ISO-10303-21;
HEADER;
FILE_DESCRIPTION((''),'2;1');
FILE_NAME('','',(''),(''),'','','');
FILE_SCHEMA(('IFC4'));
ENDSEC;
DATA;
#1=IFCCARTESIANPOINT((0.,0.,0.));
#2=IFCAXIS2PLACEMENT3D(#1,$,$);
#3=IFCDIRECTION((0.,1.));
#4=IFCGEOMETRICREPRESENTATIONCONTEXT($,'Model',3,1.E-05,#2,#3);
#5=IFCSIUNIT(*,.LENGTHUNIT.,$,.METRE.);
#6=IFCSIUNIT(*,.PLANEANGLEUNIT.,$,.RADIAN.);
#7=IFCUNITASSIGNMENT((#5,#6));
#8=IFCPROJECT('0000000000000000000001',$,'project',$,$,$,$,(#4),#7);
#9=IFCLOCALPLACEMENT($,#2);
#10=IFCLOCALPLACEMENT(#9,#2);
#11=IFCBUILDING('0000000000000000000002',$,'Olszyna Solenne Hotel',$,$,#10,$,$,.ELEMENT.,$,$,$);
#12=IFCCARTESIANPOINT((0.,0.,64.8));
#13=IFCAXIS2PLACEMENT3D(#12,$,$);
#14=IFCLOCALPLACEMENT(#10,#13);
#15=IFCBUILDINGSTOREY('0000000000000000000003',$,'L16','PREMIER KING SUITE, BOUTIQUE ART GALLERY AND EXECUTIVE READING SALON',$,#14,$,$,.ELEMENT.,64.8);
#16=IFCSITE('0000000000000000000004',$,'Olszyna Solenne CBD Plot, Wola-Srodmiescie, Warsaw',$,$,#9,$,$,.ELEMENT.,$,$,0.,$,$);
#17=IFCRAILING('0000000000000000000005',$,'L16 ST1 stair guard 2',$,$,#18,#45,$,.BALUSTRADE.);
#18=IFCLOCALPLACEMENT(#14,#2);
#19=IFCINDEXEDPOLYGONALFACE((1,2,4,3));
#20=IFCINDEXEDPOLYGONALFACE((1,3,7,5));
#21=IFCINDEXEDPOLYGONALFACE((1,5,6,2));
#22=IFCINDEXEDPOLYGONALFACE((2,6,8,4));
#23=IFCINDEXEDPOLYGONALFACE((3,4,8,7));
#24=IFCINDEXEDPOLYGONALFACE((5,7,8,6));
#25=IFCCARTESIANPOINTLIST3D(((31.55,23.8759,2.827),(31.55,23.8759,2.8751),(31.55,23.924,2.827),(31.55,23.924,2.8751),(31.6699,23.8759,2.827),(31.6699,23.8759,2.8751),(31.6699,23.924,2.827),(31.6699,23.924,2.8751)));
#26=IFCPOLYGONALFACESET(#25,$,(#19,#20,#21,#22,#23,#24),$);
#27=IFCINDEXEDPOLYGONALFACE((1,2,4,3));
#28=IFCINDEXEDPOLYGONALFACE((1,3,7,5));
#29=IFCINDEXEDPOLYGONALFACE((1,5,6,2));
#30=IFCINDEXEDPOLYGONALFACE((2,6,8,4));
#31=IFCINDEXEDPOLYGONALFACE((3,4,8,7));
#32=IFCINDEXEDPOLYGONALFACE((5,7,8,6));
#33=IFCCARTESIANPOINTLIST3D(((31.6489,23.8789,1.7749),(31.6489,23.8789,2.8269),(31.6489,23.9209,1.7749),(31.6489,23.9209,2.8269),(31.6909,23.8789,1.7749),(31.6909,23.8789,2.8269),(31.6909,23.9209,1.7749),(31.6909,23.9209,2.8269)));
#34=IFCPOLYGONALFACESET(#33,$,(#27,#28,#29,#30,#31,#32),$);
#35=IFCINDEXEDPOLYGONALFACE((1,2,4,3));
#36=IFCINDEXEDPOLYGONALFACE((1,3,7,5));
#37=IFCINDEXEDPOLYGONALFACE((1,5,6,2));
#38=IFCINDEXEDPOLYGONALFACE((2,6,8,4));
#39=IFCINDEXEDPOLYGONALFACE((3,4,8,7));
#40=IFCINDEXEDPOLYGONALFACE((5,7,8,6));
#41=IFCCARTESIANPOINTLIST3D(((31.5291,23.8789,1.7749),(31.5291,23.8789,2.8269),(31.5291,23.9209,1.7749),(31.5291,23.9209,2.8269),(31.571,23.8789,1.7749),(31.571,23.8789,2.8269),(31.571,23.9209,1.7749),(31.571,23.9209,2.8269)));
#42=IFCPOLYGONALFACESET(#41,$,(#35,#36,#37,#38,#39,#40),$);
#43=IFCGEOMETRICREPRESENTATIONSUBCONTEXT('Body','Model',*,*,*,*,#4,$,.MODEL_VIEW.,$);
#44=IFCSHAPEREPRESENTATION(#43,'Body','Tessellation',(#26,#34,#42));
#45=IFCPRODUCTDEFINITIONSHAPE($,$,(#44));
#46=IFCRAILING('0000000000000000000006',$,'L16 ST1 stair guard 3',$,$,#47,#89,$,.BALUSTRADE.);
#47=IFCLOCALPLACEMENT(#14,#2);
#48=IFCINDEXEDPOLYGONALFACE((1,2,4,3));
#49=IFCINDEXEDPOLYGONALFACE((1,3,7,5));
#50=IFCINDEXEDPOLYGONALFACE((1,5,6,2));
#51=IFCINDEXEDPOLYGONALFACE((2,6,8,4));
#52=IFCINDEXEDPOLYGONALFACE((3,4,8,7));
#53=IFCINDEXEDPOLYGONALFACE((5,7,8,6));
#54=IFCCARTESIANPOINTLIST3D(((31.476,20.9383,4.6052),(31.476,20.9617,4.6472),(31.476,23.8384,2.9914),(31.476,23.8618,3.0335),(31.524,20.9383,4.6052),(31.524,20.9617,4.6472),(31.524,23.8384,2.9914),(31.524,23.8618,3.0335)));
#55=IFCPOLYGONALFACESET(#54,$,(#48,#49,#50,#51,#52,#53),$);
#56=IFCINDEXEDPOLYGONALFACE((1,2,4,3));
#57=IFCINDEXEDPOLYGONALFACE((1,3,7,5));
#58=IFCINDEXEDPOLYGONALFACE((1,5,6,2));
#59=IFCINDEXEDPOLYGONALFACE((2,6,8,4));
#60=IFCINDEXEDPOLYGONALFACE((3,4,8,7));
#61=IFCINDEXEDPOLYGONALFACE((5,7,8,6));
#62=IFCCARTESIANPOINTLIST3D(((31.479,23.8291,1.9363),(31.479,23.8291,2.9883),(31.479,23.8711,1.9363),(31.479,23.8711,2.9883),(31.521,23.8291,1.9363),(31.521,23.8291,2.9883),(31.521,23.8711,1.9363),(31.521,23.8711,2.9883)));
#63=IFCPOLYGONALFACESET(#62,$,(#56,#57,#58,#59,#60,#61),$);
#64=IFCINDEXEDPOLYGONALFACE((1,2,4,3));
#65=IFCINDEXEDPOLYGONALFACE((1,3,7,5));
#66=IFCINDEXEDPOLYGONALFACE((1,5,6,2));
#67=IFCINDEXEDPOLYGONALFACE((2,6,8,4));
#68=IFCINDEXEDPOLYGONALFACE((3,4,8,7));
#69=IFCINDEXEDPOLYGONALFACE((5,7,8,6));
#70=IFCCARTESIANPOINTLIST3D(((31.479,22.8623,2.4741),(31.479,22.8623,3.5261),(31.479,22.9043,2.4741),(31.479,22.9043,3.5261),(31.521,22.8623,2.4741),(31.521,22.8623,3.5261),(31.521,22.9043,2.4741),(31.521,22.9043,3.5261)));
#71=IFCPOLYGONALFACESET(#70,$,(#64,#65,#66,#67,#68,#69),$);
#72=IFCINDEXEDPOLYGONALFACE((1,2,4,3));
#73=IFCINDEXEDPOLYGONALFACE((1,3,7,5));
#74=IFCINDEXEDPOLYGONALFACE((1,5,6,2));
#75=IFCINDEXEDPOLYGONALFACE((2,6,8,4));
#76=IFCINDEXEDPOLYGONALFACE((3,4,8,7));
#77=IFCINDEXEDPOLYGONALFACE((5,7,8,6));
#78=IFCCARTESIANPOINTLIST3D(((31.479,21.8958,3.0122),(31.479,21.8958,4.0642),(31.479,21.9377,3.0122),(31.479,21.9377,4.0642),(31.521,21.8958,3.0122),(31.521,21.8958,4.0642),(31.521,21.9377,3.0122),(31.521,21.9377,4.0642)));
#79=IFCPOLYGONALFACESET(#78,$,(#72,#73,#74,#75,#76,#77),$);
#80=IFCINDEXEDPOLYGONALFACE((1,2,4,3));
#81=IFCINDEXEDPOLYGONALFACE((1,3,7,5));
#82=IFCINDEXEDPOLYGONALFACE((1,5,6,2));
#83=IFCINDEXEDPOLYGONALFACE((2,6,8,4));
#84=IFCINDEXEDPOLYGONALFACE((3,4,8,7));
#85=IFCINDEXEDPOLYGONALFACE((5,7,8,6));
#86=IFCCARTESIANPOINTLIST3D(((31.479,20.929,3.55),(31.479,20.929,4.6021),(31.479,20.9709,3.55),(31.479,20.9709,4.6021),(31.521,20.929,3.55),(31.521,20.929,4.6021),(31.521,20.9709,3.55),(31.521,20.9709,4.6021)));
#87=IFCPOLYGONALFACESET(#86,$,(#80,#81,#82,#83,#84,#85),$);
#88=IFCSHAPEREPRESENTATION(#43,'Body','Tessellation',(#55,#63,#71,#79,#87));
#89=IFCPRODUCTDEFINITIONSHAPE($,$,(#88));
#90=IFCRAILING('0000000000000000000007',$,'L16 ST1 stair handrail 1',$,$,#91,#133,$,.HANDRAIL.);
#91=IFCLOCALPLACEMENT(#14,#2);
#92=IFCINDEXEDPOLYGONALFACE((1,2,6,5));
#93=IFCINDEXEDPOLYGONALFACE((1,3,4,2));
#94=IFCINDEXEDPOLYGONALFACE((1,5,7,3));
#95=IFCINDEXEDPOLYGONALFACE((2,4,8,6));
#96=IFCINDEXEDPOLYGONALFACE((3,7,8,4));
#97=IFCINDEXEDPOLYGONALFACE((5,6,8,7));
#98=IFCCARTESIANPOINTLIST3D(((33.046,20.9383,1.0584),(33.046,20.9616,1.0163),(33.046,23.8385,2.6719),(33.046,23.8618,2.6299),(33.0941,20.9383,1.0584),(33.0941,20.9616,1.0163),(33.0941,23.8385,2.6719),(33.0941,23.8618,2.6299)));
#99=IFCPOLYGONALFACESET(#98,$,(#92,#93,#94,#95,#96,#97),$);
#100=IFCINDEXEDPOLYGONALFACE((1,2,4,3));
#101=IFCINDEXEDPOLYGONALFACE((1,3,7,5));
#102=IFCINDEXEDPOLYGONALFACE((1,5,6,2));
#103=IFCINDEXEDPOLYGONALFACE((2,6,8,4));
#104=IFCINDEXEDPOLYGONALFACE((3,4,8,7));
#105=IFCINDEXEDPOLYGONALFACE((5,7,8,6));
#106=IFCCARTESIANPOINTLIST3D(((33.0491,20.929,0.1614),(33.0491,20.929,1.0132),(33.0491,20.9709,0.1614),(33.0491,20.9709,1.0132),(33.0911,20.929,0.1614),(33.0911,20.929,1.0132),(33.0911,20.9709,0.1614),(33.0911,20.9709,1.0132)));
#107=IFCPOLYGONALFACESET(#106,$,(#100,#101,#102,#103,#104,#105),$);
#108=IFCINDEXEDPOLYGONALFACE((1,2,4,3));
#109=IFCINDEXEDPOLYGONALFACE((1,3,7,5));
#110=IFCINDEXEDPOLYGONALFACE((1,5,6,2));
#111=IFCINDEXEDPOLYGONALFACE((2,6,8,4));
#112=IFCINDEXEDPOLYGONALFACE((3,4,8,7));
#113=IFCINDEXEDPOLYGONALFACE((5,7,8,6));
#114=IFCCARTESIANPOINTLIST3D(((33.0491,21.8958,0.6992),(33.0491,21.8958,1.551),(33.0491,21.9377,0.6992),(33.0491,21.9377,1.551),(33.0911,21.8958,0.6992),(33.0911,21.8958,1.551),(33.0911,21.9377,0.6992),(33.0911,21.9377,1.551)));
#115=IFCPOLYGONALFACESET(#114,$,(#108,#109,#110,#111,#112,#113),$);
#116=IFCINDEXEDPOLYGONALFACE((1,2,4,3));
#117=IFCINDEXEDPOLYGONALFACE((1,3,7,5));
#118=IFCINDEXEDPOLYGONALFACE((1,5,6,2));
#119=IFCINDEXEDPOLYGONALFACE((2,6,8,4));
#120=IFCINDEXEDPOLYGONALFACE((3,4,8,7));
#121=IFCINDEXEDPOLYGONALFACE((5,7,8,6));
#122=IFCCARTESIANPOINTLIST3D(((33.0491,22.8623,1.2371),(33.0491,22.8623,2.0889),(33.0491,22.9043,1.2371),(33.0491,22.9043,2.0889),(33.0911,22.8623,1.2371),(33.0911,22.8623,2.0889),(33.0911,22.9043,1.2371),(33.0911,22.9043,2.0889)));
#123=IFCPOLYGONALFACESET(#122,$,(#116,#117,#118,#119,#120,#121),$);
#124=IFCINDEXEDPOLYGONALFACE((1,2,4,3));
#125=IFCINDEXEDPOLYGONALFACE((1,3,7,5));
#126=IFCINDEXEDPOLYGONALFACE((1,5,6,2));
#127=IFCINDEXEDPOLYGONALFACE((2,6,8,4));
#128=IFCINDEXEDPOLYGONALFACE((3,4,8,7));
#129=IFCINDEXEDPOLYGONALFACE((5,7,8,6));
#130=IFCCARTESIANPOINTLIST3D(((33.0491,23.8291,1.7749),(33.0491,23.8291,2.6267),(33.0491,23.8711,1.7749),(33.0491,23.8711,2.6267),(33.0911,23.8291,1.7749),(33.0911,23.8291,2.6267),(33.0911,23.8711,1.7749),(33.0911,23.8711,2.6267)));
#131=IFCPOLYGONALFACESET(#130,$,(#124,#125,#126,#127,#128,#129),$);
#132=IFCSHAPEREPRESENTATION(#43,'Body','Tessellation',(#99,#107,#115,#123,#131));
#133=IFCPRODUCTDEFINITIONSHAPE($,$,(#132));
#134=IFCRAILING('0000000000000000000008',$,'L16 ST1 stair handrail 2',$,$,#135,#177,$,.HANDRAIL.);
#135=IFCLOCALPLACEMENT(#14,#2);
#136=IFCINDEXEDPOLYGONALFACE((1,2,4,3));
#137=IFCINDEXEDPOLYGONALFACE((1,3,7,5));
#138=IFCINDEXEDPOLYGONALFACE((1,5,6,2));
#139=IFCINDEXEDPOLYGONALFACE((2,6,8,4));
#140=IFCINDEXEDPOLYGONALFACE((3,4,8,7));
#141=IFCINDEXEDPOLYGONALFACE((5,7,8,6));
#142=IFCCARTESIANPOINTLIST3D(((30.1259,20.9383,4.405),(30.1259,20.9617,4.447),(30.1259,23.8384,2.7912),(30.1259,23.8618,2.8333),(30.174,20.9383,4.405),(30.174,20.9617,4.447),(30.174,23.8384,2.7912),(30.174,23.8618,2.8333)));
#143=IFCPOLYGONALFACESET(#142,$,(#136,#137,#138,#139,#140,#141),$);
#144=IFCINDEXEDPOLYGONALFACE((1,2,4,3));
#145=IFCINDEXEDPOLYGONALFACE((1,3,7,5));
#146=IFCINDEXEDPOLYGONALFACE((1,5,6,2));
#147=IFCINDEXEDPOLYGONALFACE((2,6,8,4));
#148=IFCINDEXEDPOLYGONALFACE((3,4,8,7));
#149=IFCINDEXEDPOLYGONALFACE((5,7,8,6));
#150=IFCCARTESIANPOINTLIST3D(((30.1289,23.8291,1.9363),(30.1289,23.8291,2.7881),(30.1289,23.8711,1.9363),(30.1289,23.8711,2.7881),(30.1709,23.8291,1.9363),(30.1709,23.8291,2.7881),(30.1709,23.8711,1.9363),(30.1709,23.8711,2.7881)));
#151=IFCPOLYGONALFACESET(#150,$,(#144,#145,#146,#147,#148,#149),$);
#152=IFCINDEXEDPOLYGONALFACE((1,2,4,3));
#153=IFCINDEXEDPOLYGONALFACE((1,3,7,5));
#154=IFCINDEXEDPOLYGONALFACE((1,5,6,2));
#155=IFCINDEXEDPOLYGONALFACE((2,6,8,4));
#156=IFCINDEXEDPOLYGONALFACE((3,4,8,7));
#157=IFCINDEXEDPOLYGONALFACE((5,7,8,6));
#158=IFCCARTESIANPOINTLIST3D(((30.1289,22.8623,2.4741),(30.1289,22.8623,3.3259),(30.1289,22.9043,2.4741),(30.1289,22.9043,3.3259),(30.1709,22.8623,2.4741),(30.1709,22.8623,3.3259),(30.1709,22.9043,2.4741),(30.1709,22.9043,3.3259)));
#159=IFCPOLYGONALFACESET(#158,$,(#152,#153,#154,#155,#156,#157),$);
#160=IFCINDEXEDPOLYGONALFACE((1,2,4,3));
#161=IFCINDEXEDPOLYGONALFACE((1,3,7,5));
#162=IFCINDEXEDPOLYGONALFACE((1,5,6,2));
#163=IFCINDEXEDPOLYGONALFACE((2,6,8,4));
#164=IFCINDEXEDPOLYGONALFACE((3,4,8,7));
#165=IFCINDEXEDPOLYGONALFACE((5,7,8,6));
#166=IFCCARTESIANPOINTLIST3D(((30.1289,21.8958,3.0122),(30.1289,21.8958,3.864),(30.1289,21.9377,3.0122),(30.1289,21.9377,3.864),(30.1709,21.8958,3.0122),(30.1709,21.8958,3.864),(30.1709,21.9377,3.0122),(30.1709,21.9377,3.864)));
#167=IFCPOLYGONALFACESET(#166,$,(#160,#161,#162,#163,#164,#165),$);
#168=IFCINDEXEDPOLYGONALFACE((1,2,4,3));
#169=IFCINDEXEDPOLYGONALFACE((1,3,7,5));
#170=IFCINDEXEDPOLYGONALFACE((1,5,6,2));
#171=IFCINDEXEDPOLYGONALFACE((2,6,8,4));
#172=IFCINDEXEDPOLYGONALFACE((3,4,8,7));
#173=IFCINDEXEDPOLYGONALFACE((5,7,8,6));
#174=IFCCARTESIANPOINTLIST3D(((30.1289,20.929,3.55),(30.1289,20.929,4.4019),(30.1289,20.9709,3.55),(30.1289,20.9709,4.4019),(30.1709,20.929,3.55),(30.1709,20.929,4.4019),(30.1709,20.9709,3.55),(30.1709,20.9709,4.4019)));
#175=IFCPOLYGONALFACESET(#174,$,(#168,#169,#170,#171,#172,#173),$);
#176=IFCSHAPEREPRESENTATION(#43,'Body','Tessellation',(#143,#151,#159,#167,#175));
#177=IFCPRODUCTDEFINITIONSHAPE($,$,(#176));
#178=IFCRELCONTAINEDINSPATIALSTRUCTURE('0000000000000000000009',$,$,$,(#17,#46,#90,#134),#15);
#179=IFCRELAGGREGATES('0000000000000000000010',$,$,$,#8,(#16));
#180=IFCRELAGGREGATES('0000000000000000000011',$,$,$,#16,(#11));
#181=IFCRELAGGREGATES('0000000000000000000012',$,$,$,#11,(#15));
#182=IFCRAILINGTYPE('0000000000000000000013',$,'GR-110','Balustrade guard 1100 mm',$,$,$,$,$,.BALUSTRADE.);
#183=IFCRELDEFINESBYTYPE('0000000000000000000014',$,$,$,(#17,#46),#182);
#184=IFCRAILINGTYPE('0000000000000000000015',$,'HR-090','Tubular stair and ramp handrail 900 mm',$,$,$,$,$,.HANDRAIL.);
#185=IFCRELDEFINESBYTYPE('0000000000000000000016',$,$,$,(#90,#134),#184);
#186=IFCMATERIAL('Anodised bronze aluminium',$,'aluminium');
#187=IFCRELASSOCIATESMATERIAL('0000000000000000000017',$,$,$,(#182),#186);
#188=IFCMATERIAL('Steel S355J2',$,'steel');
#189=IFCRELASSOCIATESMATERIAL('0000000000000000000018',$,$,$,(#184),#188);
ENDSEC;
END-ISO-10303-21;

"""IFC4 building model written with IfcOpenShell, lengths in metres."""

from ifc_helpers import new_model, si_unit, direction, frame, origin, origin_2d, place, context, subcontext, project, spatial, rectangle, extrude, material, type_object, element, save


model = new_model("IFC4")

# Units and contexts
model_context = context("Model", 3, precision=1e-05, world=origin(), true_north=direction((0.0, 1.0)))
body_context = subcontext(model_context, "Body", "Model", "MODEL_VIEW")
ifc_project = project(units=[si_unit("LENGTHUNIT", "METRE"), si_unit("PLANEANGLEUNIT", "RADIAN")], contexts=[model_context])

# Site, building, storey
site_placement = place(None, origin())
site = spatial("IfcSite", under=ifc_project, at=site_placement, Name="Olszyna Solenne CBD Plot, Wola-Srodmiescie, Warsaw", CompositionType="ELEMENT", RefElevation=0.0)
building_placement = place(site_placement, origin())
building = spatial("IfcBuilding", under=site, at=building_placement, Name="Olszyna Solenne Hotel", CompositionType="ELEMENT")
storey_placement = place(building_placement, frame((0.0, 0.0, 64.8)))
storey = spatial("IfcBuildingStorey", under=building, at=storey_placement, Name="L16", Description="PREMIER KING SUITE, BOUTIQUE ART GALLERY AND EXECUTIVE READING SALON", CompositionType="ELEMENT", Elevation=64.8)

# Shared definitions
ifc_material_1 = material(Name="Steel S355J2", Category="steel")

# Railings
ifc_material_2 = material(Name="Anodised bronze aluminium", Category="aluminium")
railing_type_1 = type_object("IfcRailingType", Name="GR-110", Description="Balustrade guard 1100 mm", PredefinedType="BALUSTRADE", material=ifc_material_2)
railing_1_placement = place(storey_placement, frame((31.6699, 23.8999, 1.7749)))
element("IfcRailing", 1, at=railing_1_placement, inside=storey, type_object=railing_type_1, Name="L16 ST1 stair guard 2", PredefinedType="BALUSTRADE", context=body_context, shape_type="SweptSolid", body=[
    extrude(rectangle(XDim=0.0481, YDim=0.0481, at=origin_2d()), frame((0.0, 0.0, 1.0762), z_axis=(-1.0, 0.0, 0.0), x_axis=(0.0, -1.0, 0.0)), (0.0, 0.0, 1.0), 0.1199),
    extrude(rectangle(XDim=0.042, YDim=0.042, at=origin_2d()), origin(), (0.0, 0.0, 1.0), 1.052),
    extrude(rectangle(XDim=0.042, YDim=0.042, at=origin_2d()), frame((-0.1199, 0.0, 0.0)), (0.0, 0.0, 1.0), 1.052),
])
railing_2_placement = place(storey_placement, frame((31.5, 23.8501, 1.9363)))
element("IfcRailing", 2, at=railing_2_placement, inside=storey, type_object=railing_type_1, Name="L16 ST1 stair guard 3", PredefinedType="BALUSTRADE", context=body_context, shape_type="SweptSolid", body=[
    extrude(rectangle(XDim=0.0481, YDim=0.0481, at=origin_2d()), frame((0.0, 0.0, 1.0762), z_axis=(0.0, -0.873827, 0.486236), x_axis=(1.0, 0.0, 0.0)), (0.0, 0.0, 1.0), 3.3188),
    extrude(rectangle(XDim=0.042, YDim=0.042, at=origin_2d()), origin(), (0.0, 0.0, 1.0), 1.052),
    extrude(rectangle(XDim=0.042, YDim=0.042, at=origin_2d()), frame((0.0, -0.9668, 0.5378)), (0.0, 0.0, 1.0), 1.052),
    extrude(rectangle(XDim=0.042, YDim=0.042, at=origin_2d()), frame((0.0, -1.9333, 1.0759)), (0.0, 0.0, 1.0), 1.052),
    extrude(rectangle(XDim=0.042, YDim=0.042, at=origin_2d()), frame((0.0, -2.9001, 1.6138)), (0.0, 0.0, 1.0), 1.052),
])
railing_type_2 = type_object("IfcRailingType", Name="HR-090", Description="Tubular stair and ramp handrail 900 mm", PredefinedType="HANDRAIL", material=ifc_material_1)
railing_3_placement = place(storey_placement, frame((33.0701, 20.95, 0.1614)))
element("IfcRailing", 3, at=railing_3_placement, inside=storey, type_object=railing_type_2, Name="L16 ST1 stair handrail 1", PredefinedType="HANDRAIL", context=body_context, shape_type="SweptSolid", body=[
    extrude(rectangle(XDim=0.0481, YDim=0.0481, at=origin_2d()), frame((0.0, 0.0, 0.876), z_axis=(0.0, 0.873859, 0.48618), x_axis=(-1.0, 0.0, 0.0)), (0.0, 0.0, 1.0), 3.3188),
    extrude(rectangle(XDim=0.042, YDim=0.042, at=origin_2d()), origin(), (0.0, 0.0, 1.0), 0.8518),
    extrude(rectangle(XDim=0.042, YDim=0.042, at=origin_2d()), frame((0.0, 0.9668, 0.5378)), (0.0, 0.0, 1.0), 0.8518),
    extrude(rectangle(XDim=0.042, YDim=0.042, at=origin_2d()), frame((0.0, 1.9333, 1.0757)), (0.0, 0.0, 1.0), 0.8518),
    extrude(rectangle(XDim=0.042, YDim=0.042, at=origin_2d()), frame((0.0, 2.9001, 1.6135)), (0.0, 0.0, 1.0), 0.8518),
])
railing_4_placement = place(storey_placement, frame((30.1499, 23.8501, 1.9363)))
element("IfcRailing", 4, at=railing_4_placement, inside=storey, type_object=railing_type_2, Name="L16 ST1 stair handrail 2", PredefinedType="HANDRAIL", context=body_context, shape_type="SweptSolid", body=[
    extrude(rectangle(XDim=0.0481, YDim=0.0481, at=origin_2d()), frame((0.0, 0.0, 0.876), z_axis=(0.0, -0.873827, 0.486236), x_axis=(1.0, 0.0, 0.0)), (0.0, 0.0, 1.0), 3.3188),
    extrude(rectangle(XDim=0.042, YDim=0.042, at=origin_2d()), origin(), (0.0, 0.0, 1.0), 0.8518),
    extrude(rectangle(XDim=0.042, YDim=0.042, at=origin_2d()), frame((0.0, -0.9668, 0.5378)), (0.0, 0.0, 1.0), 0.8518),
    extrude(rectangle(XDim=0.042, YDim=0.042, at=origin_2d()), frame((0.0, -1.9333, 1.0759)), (0.0, 0.0, 1.0), 0.8518),
    extrude(rectangle(XDim=0.042, YDim=0.042, at=origin_2d()), frame((0.0, -2.9001, 1.6138)), (0.0, 0.0, 1.0), 0.8518),
])

save(model, "model.ifc")
